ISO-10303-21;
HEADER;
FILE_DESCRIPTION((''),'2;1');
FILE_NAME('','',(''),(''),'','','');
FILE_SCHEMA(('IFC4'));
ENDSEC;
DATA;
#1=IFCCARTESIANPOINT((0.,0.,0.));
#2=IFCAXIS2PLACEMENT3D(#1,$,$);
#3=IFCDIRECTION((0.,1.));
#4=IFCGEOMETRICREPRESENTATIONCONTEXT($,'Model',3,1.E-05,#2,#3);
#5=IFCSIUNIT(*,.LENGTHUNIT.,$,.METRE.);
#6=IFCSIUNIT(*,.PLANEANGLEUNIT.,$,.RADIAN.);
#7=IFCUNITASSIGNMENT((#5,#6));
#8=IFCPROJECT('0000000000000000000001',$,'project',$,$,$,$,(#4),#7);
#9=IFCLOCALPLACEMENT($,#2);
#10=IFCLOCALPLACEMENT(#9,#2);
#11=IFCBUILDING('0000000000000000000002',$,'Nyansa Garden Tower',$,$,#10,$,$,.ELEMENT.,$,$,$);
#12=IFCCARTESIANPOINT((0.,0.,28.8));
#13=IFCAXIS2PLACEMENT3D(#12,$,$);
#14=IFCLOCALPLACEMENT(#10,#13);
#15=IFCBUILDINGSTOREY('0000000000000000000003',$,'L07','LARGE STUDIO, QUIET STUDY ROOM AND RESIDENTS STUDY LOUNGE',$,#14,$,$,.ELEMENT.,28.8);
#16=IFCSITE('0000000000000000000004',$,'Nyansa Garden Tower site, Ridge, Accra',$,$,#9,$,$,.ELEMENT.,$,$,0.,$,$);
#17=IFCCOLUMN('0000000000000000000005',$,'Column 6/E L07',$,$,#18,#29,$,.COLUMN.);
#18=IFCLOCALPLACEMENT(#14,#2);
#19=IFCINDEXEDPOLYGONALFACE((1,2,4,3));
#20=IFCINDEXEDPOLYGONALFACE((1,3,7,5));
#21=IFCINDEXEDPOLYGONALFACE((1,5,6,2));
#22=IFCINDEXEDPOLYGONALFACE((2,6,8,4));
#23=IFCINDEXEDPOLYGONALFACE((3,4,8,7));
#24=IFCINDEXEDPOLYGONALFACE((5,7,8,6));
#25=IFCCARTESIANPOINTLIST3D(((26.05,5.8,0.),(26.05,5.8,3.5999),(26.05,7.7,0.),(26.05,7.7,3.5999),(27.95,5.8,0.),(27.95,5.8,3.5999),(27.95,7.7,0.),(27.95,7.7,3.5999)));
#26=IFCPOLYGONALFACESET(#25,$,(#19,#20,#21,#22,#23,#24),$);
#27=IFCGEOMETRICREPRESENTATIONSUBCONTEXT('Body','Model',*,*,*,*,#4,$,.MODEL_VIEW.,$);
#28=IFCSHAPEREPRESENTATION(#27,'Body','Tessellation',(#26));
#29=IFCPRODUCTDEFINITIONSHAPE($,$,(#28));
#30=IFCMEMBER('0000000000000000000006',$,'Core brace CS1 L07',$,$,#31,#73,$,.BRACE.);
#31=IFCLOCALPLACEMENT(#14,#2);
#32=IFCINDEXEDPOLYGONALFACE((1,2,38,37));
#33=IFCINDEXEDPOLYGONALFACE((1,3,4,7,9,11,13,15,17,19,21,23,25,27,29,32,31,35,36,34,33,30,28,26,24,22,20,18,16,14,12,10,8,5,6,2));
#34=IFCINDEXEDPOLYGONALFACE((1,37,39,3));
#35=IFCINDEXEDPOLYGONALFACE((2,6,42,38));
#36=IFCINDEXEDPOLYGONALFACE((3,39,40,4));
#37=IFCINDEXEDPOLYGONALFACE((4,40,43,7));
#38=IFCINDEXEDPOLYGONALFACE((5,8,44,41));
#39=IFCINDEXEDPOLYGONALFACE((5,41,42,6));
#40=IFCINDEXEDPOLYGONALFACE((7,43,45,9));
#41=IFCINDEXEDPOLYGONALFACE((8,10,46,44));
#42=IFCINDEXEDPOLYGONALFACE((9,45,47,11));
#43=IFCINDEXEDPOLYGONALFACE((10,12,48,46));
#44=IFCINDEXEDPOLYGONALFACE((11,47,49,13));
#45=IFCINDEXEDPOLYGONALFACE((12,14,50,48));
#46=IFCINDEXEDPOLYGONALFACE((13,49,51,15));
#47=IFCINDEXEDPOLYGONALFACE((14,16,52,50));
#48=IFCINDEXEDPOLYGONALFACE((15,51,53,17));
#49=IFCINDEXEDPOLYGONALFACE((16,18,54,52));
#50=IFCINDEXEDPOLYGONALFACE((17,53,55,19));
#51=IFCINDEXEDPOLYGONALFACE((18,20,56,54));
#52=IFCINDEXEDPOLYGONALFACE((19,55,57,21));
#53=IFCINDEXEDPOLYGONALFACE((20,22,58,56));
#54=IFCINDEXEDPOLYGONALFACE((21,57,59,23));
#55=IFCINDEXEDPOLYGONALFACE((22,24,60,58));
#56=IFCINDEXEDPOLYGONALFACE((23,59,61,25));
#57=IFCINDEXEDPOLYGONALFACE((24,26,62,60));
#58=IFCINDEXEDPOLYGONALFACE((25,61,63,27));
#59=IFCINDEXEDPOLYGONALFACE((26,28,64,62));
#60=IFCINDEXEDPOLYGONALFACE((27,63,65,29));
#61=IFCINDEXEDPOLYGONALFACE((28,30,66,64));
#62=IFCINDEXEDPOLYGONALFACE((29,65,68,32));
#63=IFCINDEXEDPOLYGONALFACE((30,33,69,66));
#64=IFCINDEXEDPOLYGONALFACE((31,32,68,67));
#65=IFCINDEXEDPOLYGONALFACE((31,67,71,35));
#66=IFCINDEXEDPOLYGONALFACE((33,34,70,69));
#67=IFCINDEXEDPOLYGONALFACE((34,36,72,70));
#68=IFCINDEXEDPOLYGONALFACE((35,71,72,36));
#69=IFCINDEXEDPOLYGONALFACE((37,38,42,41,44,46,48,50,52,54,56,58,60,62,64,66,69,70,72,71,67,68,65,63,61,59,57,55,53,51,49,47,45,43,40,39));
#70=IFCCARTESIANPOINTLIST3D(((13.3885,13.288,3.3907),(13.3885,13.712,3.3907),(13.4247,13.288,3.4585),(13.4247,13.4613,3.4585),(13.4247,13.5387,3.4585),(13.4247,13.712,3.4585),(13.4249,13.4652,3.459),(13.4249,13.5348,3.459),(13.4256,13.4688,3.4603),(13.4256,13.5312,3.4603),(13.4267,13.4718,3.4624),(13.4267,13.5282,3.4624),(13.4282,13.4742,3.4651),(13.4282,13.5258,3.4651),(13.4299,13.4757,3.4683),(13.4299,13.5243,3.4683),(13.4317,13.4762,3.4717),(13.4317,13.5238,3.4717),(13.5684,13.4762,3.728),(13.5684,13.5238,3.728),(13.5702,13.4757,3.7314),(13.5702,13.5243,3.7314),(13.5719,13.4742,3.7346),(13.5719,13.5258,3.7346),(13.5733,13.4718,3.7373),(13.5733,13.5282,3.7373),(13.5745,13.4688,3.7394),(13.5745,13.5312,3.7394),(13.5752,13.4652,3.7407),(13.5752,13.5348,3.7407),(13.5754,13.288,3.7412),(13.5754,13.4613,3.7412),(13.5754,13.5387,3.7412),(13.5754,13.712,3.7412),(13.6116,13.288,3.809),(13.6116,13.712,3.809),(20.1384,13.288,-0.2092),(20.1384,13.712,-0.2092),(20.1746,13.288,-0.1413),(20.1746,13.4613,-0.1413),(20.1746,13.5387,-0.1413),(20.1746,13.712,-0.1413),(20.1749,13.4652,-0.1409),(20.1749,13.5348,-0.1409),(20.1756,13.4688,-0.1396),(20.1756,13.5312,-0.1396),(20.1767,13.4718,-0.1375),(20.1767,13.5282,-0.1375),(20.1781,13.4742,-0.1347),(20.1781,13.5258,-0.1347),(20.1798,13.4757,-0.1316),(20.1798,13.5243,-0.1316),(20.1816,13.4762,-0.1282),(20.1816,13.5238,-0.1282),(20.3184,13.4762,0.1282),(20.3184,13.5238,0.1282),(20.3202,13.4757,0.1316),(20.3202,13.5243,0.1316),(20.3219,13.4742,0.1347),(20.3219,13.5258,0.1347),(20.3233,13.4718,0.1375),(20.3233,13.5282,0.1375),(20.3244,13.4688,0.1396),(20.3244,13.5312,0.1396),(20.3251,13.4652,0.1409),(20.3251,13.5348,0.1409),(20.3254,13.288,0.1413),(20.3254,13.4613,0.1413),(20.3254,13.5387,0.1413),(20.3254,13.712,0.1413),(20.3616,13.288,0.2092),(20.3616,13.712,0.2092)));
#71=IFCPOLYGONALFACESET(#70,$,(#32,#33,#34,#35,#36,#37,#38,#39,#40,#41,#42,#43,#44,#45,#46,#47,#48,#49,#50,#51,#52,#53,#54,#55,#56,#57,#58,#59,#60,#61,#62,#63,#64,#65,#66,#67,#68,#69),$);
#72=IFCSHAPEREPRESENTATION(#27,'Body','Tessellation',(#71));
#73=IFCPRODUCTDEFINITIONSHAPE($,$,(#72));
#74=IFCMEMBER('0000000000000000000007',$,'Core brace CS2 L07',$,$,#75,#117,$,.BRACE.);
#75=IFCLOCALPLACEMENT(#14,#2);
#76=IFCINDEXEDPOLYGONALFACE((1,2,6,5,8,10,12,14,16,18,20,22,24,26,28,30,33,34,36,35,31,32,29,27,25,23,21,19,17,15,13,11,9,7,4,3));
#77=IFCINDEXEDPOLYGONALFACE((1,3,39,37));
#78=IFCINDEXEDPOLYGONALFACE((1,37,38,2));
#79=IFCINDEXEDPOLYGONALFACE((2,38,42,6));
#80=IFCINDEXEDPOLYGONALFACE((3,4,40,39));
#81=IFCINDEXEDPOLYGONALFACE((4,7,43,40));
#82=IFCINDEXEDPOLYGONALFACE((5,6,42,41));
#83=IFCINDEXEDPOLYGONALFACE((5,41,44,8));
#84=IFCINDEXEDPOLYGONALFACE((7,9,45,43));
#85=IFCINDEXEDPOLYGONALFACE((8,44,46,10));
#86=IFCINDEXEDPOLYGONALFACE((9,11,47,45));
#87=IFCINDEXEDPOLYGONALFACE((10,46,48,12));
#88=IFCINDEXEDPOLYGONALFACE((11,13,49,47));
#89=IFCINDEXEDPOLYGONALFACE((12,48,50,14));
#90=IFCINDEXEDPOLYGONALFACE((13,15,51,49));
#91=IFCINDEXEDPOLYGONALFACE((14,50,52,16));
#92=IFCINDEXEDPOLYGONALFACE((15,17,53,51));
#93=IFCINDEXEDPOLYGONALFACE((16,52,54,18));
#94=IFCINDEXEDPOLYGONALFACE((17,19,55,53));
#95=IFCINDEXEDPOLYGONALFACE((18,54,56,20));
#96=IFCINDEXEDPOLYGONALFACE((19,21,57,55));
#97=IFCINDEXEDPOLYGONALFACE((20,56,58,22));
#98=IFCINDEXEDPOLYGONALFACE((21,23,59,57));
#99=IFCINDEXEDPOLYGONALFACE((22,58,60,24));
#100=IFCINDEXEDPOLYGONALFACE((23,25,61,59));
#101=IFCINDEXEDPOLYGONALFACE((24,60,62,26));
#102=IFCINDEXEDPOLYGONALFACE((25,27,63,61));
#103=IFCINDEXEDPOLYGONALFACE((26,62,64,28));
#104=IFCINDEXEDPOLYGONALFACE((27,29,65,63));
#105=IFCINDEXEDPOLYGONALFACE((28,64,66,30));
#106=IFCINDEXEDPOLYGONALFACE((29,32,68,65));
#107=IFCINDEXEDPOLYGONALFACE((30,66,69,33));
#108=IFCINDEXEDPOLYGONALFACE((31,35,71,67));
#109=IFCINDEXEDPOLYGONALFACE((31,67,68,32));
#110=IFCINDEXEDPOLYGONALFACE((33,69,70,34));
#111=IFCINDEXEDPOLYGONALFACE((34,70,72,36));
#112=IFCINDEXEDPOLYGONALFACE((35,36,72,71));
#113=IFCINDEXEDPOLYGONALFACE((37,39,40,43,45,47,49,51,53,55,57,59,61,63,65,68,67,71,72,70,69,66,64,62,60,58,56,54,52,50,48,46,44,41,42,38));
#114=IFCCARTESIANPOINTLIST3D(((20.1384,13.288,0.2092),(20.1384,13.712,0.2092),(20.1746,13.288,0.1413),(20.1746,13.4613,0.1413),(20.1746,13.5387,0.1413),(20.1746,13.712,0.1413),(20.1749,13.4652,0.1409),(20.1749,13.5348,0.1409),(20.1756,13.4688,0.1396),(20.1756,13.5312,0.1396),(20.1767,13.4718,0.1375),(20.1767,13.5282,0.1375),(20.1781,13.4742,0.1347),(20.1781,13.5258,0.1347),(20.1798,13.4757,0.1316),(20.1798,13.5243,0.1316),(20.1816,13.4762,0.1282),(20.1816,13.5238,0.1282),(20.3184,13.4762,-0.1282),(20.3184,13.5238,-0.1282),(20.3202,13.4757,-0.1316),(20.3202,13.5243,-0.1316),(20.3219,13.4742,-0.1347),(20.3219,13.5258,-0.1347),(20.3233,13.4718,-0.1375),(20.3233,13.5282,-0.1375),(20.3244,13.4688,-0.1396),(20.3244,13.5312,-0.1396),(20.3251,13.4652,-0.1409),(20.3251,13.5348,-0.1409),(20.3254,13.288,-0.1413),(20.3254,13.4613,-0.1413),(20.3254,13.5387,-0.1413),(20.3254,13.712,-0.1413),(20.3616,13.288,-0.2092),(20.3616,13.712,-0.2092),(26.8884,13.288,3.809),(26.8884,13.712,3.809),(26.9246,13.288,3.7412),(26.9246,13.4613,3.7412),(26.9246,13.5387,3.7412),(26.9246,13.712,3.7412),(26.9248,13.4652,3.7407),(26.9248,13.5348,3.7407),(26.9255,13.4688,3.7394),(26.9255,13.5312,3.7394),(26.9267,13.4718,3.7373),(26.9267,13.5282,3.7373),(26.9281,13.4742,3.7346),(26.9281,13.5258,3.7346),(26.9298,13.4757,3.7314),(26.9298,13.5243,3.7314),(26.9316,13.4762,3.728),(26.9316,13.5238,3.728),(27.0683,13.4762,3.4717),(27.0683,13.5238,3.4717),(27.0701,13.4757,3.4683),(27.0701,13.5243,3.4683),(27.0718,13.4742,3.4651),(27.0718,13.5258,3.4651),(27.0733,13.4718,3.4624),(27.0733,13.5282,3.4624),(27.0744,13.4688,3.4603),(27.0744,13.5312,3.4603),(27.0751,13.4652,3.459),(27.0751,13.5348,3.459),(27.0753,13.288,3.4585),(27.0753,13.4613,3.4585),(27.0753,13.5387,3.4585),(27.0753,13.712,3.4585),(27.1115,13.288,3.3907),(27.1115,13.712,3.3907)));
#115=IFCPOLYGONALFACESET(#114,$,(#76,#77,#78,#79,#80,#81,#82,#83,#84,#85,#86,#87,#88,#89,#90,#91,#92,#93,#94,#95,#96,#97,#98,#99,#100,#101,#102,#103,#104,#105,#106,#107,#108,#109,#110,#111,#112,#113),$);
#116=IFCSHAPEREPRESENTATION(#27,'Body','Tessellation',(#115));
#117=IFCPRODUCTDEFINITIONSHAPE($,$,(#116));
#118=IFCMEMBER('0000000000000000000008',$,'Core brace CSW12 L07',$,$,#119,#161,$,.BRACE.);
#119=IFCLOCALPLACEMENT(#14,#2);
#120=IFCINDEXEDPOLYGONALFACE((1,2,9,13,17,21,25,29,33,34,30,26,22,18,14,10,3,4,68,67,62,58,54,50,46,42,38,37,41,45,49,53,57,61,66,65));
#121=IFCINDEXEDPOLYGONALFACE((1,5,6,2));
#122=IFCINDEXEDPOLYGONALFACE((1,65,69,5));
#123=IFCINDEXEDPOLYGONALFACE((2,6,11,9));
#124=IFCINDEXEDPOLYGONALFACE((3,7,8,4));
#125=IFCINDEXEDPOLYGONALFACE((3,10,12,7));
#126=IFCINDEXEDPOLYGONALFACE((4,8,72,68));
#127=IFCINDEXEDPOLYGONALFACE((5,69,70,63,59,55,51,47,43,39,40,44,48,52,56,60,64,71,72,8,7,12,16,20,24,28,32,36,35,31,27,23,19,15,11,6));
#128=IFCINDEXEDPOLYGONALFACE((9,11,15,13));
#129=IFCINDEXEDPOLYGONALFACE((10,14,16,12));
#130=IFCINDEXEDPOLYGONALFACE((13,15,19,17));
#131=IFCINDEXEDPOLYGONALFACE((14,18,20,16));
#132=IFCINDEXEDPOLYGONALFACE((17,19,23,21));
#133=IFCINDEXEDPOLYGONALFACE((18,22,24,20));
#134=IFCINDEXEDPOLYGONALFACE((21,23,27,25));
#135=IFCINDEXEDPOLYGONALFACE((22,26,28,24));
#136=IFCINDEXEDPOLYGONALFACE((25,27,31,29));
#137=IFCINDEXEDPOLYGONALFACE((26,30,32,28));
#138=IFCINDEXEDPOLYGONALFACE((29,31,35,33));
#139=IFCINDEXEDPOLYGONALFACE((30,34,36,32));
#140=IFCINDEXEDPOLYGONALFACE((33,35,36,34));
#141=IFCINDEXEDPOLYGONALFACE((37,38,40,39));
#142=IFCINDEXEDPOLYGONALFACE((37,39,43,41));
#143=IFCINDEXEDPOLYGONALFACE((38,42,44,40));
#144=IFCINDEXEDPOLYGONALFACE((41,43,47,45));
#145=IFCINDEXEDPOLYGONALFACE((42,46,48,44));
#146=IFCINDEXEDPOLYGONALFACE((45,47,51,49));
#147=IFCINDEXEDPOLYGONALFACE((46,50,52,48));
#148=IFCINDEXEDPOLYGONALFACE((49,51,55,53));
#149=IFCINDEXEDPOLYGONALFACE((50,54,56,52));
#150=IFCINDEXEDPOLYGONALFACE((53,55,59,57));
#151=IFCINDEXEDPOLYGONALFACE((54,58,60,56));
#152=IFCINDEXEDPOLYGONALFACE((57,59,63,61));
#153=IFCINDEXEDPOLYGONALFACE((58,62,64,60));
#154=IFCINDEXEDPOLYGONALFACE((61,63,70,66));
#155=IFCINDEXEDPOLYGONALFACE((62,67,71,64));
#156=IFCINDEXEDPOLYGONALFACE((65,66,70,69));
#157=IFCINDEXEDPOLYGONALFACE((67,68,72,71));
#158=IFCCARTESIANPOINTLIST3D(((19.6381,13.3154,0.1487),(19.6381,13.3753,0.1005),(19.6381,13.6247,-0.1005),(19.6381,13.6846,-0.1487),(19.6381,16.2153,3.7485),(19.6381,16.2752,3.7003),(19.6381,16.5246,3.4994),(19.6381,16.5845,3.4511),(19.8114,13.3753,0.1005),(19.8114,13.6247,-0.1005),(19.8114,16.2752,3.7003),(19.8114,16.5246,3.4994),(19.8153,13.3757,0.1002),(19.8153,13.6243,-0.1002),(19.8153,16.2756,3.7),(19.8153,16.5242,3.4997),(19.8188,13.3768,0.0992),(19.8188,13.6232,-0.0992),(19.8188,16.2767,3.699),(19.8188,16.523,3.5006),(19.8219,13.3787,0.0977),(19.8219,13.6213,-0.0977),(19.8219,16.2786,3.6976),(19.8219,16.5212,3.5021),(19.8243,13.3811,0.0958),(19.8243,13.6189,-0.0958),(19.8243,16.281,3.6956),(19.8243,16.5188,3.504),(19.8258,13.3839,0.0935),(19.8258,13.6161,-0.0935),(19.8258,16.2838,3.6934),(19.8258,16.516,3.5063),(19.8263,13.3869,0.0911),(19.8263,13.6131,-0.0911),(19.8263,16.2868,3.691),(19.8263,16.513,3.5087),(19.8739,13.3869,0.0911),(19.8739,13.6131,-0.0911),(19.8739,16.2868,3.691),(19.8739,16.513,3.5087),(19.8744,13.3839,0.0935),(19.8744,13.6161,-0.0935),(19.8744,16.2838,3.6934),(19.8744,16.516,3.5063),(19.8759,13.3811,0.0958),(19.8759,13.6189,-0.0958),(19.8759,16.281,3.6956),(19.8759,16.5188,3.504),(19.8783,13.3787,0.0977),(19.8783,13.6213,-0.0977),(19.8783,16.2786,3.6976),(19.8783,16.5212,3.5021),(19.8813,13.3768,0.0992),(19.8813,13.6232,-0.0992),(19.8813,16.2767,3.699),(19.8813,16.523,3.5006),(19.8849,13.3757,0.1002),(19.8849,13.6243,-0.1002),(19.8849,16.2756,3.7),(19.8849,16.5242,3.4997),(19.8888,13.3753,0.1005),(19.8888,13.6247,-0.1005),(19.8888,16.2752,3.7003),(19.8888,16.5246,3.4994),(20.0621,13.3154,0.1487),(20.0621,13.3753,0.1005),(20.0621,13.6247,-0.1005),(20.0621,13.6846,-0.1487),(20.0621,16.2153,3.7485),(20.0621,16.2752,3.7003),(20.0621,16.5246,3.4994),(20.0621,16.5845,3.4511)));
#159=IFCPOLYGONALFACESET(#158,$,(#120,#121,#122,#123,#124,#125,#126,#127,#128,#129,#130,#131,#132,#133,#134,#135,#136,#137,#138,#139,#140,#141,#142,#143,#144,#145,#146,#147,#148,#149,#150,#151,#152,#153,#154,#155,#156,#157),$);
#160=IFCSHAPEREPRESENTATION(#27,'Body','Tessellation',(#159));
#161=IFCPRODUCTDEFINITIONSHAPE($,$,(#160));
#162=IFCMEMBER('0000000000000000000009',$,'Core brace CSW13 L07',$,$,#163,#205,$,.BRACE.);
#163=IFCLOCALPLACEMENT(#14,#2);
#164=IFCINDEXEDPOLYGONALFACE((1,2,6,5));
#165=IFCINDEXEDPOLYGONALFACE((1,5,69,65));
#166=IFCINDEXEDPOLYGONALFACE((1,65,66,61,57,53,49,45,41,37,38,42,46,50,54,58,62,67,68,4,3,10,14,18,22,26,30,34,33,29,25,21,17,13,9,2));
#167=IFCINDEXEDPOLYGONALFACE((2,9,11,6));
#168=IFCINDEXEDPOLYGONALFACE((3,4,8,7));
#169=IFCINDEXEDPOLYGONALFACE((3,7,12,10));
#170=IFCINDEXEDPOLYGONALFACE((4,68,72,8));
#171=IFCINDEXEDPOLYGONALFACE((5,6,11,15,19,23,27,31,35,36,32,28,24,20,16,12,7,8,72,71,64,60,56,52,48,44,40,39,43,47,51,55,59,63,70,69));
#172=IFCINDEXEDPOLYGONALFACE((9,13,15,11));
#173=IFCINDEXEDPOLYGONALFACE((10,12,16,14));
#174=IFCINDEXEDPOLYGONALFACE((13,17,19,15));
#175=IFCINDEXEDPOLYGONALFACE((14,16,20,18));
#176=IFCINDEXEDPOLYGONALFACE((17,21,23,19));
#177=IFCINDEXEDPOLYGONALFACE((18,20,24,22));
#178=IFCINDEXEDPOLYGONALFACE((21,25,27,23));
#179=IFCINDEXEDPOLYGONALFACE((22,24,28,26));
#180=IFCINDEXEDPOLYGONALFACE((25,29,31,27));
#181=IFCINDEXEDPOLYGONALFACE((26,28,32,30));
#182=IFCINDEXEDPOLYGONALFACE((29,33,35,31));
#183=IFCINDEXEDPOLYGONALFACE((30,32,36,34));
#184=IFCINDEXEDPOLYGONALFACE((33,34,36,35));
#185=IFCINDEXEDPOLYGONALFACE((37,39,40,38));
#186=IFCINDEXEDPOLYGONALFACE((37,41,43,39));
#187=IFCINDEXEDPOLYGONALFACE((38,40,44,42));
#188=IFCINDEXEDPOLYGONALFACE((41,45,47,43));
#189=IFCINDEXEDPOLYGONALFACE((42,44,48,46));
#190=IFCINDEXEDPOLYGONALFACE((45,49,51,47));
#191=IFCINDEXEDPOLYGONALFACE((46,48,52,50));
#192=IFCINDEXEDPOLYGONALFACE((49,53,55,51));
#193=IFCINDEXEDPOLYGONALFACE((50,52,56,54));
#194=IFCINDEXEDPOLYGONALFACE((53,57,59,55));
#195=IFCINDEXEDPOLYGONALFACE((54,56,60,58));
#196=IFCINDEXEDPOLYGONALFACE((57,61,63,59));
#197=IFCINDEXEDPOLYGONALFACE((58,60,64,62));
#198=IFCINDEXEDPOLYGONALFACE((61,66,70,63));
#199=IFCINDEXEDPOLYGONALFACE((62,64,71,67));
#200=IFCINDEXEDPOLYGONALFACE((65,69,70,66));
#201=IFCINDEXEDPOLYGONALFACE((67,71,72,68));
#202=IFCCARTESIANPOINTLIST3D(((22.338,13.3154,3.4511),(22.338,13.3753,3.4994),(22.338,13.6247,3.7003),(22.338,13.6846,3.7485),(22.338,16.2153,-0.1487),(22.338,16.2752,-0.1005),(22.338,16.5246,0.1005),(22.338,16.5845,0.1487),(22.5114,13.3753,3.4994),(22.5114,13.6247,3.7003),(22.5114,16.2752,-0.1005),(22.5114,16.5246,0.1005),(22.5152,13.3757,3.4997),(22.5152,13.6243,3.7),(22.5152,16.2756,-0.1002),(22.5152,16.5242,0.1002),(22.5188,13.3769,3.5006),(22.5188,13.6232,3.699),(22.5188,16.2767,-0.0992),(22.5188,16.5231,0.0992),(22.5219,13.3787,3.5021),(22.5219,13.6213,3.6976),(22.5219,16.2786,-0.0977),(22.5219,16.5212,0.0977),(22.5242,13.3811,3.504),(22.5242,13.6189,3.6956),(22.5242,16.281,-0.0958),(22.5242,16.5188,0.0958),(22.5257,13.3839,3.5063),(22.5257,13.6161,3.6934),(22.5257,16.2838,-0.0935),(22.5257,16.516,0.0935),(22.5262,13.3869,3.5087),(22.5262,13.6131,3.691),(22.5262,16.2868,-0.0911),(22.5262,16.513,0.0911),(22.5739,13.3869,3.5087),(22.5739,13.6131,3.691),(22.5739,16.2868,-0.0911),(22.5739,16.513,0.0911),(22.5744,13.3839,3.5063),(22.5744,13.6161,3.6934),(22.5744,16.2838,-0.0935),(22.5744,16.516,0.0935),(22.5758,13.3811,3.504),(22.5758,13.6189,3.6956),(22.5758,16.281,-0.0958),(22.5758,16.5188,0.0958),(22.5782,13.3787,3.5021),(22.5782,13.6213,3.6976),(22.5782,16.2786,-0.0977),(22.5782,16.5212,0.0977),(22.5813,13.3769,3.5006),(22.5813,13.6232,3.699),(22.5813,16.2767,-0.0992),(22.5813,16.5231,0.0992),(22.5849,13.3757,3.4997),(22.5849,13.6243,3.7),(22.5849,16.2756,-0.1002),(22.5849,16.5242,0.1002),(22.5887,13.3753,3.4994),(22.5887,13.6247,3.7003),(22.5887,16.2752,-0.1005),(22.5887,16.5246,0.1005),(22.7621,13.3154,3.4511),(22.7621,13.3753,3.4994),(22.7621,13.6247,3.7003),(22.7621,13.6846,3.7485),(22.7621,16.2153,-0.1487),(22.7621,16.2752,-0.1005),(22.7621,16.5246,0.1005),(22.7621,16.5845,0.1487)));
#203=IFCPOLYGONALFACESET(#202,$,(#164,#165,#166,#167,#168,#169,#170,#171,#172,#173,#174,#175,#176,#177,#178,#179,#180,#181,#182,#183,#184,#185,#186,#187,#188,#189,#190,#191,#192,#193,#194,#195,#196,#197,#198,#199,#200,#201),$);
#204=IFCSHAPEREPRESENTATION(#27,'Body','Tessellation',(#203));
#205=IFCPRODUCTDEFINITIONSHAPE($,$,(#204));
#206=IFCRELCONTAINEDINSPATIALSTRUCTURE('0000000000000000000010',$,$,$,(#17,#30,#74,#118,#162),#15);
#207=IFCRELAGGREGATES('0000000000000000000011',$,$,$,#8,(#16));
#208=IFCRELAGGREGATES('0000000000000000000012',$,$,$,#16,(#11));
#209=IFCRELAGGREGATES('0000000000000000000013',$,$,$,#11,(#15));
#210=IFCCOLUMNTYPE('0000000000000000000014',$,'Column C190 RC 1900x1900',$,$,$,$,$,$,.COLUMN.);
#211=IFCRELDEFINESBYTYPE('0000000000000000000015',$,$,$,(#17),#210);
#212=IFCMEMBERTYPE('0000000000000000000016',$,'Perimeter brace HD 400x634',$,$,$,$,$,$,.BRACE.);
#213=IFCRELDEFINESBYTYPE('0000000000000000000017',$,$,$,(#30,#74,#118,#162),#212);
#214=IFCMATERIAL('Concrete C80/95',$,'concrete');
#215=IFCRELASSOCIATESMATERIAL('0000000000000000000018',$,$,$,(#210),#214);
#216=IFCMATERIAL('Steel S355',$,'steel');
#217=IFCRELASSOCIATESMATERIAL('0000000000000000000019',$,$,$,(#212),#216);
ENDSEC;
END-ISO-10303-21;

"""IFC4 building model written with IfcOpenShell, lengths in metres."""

from ifc_helpers import new_model, si_unit, direction, frame, origin, origin_2d, place, context, subcontext, project, spatial, rectangle, i_section, extrude, material, material_profile, profile_set, type_object, element, save


model = new_model("IFC4")

# Units and contexts
model_context = context("Model", 3, precision=1e-05, world=origin(), true_north=direction((0.0, 1.0)))
body_context = subcontext(model_context, "Body", "Model", "MODEL_VIEW")
ifc_project = project(units=[si_unit("LENGTHUNIT", "METRE"), si_unit("PLANEANGLEUNIT", "RADIAN")], contexts=[model_context])

# Site, building, storey
site_placement = place(None, origin())
site = spatial("IfcSite", under=ifc_project, at=site_placement, Name="Nyansa Garden Tower site, Ridge, Accra", CompositionType="ELEMENT", RefElevation=0.0)
building_placement = place(site_placement, origin())
building = spatial("IfcBuilding", under=site, at=building_placement, Name="Nyansa Garden Tower", CompositionType="ELEMENT")
storey_placement = place(building_placement, frame((0.0, 0.0, 28.8)))
storey = spatial("IfcBuildingStorey", under=building, at=storey_placement, Name="L07", Description="LARGE STUDIO, QUIET STUDY ROOM AND RESIDENTS STUDY LOUNGE", CompositionType="ELEMENT", Elevation=28.8)

# Column
ifc_material_1 = material(Name="Concrete C80/95", Category="concrete")
ifc_material_profile_1 = material_profile(ifc_material_1, rectangle(XDim=1.8999, YDim=1.8999, at=origin_2d()), Name="RC 1900x1900")
ifc_profile_set_1 = profile_set([ifc_material_profile_1], Name="Concrete C80/95")
column_type = type_object("IfcColumnType", Name="Column C190 RC 1900x1900", PredefinedType="COLUMN", material=ifc_profile_set_1)
column_placement = place(storey_placement, frame((27.0, 6.75, 0.0), z_axis=(0.0, 0.0, 1.0), x_axis=(1.0, 0.0, 0.0)))
element("IfcColumn", 1, at=column_placement, inside=storey, type_object=column_type, Name="Column 6/E L07", PredefinedType="COLUMN", context=body_context, shape_type="SweptSolid", body=[
    extrude(rectangle(XDim=1.8999, YDim=1.8999, at=origin_2d()), origin(), (0.0, 0.0, 1.0), 3.5999),
])

# Members
ifc_material_2 = material(Name="Steel S355", Category="steel")
ifc_material_profile_2 = material_profile(ifc_material_2, i_section(OverallWidth=0.4241, OverallDepth=0.4741, WebThickness=0.0476, FlangeThickness=0.0769, FilletRadius=0.0149, at=origin_2d()), Name="HD 400x634")
ifc_profile_set_2 = profile_set([ifc_material_profile_2], Name="Steel S355")
member_type = type_object("IfcMemberType", Name="Perimeter brace HD 400x634", PredefinedType="BRACE", material=ifc_profile_set_2)
for number, where, z_axis, x_axis, name in (
    (2, (20.25, 13.5, 0.0), (-0.882361, 0.0, 0.470573), (0.0, -1.0, 0.0), "Core brace CS1 L07"),
    (3, (20.25, 13.5, 0.0), (0.882361, 0.0, 0.470573), (0.0, 1.0, 0.0), "Core brace CS2 L07"),
):
    element("IfcMember", number, at=place(storey_placement, frame(where, z_axis=z_axis, x_axis=x_axis)), inside=storey, type_object=member_type, Name=name, PredefinedType="BRACE", context=body_context, shape_type="SweptSolid", body=[
        extrude(i_section(OverallWidth=0.4241, OverallDepth=0.4741, WebThickness=0.0476, FlangeThickness=0.0769, FilletRadius=0.0149, at=origin_2d()), origin(), (0.0, 0.0, 1.0), 7.6499),
    ])
for number, where, z_axis, x_axis, name in (
    (4, (19.8501, 13.5, 0.0), (0.0, 0.627332, 0.778752), (-1.0, 0.0, 0.0), "Core brace CSW12 L07"),
    (5, (22.55, 16.3999, 0.0), (0.0, -0.627332, 0.778752), (1.0, 0.0, 0.0), "Core brace CSW13 L07"),
):
    element("IfcMember", number, at=place(storey_placement, frame(where, z_axis=z_axis, x_axis=x_axis)), inside=storey, type_object=member_type, Name=name, PredefinedType="BRACE", context=body_context, shape_type="SweptSolid", body=[
        extrude(i_section(OverallWidth=0.4241, OverallDepth=0.4741, WebThickness=0.0476, FlangeThickness=0.0769, FilletRadius=0.0149, at=origin_2d()), origin(), (0.0, 0.0, 1.0), 4.6226),
    ])

save(model, "model.ifc")
